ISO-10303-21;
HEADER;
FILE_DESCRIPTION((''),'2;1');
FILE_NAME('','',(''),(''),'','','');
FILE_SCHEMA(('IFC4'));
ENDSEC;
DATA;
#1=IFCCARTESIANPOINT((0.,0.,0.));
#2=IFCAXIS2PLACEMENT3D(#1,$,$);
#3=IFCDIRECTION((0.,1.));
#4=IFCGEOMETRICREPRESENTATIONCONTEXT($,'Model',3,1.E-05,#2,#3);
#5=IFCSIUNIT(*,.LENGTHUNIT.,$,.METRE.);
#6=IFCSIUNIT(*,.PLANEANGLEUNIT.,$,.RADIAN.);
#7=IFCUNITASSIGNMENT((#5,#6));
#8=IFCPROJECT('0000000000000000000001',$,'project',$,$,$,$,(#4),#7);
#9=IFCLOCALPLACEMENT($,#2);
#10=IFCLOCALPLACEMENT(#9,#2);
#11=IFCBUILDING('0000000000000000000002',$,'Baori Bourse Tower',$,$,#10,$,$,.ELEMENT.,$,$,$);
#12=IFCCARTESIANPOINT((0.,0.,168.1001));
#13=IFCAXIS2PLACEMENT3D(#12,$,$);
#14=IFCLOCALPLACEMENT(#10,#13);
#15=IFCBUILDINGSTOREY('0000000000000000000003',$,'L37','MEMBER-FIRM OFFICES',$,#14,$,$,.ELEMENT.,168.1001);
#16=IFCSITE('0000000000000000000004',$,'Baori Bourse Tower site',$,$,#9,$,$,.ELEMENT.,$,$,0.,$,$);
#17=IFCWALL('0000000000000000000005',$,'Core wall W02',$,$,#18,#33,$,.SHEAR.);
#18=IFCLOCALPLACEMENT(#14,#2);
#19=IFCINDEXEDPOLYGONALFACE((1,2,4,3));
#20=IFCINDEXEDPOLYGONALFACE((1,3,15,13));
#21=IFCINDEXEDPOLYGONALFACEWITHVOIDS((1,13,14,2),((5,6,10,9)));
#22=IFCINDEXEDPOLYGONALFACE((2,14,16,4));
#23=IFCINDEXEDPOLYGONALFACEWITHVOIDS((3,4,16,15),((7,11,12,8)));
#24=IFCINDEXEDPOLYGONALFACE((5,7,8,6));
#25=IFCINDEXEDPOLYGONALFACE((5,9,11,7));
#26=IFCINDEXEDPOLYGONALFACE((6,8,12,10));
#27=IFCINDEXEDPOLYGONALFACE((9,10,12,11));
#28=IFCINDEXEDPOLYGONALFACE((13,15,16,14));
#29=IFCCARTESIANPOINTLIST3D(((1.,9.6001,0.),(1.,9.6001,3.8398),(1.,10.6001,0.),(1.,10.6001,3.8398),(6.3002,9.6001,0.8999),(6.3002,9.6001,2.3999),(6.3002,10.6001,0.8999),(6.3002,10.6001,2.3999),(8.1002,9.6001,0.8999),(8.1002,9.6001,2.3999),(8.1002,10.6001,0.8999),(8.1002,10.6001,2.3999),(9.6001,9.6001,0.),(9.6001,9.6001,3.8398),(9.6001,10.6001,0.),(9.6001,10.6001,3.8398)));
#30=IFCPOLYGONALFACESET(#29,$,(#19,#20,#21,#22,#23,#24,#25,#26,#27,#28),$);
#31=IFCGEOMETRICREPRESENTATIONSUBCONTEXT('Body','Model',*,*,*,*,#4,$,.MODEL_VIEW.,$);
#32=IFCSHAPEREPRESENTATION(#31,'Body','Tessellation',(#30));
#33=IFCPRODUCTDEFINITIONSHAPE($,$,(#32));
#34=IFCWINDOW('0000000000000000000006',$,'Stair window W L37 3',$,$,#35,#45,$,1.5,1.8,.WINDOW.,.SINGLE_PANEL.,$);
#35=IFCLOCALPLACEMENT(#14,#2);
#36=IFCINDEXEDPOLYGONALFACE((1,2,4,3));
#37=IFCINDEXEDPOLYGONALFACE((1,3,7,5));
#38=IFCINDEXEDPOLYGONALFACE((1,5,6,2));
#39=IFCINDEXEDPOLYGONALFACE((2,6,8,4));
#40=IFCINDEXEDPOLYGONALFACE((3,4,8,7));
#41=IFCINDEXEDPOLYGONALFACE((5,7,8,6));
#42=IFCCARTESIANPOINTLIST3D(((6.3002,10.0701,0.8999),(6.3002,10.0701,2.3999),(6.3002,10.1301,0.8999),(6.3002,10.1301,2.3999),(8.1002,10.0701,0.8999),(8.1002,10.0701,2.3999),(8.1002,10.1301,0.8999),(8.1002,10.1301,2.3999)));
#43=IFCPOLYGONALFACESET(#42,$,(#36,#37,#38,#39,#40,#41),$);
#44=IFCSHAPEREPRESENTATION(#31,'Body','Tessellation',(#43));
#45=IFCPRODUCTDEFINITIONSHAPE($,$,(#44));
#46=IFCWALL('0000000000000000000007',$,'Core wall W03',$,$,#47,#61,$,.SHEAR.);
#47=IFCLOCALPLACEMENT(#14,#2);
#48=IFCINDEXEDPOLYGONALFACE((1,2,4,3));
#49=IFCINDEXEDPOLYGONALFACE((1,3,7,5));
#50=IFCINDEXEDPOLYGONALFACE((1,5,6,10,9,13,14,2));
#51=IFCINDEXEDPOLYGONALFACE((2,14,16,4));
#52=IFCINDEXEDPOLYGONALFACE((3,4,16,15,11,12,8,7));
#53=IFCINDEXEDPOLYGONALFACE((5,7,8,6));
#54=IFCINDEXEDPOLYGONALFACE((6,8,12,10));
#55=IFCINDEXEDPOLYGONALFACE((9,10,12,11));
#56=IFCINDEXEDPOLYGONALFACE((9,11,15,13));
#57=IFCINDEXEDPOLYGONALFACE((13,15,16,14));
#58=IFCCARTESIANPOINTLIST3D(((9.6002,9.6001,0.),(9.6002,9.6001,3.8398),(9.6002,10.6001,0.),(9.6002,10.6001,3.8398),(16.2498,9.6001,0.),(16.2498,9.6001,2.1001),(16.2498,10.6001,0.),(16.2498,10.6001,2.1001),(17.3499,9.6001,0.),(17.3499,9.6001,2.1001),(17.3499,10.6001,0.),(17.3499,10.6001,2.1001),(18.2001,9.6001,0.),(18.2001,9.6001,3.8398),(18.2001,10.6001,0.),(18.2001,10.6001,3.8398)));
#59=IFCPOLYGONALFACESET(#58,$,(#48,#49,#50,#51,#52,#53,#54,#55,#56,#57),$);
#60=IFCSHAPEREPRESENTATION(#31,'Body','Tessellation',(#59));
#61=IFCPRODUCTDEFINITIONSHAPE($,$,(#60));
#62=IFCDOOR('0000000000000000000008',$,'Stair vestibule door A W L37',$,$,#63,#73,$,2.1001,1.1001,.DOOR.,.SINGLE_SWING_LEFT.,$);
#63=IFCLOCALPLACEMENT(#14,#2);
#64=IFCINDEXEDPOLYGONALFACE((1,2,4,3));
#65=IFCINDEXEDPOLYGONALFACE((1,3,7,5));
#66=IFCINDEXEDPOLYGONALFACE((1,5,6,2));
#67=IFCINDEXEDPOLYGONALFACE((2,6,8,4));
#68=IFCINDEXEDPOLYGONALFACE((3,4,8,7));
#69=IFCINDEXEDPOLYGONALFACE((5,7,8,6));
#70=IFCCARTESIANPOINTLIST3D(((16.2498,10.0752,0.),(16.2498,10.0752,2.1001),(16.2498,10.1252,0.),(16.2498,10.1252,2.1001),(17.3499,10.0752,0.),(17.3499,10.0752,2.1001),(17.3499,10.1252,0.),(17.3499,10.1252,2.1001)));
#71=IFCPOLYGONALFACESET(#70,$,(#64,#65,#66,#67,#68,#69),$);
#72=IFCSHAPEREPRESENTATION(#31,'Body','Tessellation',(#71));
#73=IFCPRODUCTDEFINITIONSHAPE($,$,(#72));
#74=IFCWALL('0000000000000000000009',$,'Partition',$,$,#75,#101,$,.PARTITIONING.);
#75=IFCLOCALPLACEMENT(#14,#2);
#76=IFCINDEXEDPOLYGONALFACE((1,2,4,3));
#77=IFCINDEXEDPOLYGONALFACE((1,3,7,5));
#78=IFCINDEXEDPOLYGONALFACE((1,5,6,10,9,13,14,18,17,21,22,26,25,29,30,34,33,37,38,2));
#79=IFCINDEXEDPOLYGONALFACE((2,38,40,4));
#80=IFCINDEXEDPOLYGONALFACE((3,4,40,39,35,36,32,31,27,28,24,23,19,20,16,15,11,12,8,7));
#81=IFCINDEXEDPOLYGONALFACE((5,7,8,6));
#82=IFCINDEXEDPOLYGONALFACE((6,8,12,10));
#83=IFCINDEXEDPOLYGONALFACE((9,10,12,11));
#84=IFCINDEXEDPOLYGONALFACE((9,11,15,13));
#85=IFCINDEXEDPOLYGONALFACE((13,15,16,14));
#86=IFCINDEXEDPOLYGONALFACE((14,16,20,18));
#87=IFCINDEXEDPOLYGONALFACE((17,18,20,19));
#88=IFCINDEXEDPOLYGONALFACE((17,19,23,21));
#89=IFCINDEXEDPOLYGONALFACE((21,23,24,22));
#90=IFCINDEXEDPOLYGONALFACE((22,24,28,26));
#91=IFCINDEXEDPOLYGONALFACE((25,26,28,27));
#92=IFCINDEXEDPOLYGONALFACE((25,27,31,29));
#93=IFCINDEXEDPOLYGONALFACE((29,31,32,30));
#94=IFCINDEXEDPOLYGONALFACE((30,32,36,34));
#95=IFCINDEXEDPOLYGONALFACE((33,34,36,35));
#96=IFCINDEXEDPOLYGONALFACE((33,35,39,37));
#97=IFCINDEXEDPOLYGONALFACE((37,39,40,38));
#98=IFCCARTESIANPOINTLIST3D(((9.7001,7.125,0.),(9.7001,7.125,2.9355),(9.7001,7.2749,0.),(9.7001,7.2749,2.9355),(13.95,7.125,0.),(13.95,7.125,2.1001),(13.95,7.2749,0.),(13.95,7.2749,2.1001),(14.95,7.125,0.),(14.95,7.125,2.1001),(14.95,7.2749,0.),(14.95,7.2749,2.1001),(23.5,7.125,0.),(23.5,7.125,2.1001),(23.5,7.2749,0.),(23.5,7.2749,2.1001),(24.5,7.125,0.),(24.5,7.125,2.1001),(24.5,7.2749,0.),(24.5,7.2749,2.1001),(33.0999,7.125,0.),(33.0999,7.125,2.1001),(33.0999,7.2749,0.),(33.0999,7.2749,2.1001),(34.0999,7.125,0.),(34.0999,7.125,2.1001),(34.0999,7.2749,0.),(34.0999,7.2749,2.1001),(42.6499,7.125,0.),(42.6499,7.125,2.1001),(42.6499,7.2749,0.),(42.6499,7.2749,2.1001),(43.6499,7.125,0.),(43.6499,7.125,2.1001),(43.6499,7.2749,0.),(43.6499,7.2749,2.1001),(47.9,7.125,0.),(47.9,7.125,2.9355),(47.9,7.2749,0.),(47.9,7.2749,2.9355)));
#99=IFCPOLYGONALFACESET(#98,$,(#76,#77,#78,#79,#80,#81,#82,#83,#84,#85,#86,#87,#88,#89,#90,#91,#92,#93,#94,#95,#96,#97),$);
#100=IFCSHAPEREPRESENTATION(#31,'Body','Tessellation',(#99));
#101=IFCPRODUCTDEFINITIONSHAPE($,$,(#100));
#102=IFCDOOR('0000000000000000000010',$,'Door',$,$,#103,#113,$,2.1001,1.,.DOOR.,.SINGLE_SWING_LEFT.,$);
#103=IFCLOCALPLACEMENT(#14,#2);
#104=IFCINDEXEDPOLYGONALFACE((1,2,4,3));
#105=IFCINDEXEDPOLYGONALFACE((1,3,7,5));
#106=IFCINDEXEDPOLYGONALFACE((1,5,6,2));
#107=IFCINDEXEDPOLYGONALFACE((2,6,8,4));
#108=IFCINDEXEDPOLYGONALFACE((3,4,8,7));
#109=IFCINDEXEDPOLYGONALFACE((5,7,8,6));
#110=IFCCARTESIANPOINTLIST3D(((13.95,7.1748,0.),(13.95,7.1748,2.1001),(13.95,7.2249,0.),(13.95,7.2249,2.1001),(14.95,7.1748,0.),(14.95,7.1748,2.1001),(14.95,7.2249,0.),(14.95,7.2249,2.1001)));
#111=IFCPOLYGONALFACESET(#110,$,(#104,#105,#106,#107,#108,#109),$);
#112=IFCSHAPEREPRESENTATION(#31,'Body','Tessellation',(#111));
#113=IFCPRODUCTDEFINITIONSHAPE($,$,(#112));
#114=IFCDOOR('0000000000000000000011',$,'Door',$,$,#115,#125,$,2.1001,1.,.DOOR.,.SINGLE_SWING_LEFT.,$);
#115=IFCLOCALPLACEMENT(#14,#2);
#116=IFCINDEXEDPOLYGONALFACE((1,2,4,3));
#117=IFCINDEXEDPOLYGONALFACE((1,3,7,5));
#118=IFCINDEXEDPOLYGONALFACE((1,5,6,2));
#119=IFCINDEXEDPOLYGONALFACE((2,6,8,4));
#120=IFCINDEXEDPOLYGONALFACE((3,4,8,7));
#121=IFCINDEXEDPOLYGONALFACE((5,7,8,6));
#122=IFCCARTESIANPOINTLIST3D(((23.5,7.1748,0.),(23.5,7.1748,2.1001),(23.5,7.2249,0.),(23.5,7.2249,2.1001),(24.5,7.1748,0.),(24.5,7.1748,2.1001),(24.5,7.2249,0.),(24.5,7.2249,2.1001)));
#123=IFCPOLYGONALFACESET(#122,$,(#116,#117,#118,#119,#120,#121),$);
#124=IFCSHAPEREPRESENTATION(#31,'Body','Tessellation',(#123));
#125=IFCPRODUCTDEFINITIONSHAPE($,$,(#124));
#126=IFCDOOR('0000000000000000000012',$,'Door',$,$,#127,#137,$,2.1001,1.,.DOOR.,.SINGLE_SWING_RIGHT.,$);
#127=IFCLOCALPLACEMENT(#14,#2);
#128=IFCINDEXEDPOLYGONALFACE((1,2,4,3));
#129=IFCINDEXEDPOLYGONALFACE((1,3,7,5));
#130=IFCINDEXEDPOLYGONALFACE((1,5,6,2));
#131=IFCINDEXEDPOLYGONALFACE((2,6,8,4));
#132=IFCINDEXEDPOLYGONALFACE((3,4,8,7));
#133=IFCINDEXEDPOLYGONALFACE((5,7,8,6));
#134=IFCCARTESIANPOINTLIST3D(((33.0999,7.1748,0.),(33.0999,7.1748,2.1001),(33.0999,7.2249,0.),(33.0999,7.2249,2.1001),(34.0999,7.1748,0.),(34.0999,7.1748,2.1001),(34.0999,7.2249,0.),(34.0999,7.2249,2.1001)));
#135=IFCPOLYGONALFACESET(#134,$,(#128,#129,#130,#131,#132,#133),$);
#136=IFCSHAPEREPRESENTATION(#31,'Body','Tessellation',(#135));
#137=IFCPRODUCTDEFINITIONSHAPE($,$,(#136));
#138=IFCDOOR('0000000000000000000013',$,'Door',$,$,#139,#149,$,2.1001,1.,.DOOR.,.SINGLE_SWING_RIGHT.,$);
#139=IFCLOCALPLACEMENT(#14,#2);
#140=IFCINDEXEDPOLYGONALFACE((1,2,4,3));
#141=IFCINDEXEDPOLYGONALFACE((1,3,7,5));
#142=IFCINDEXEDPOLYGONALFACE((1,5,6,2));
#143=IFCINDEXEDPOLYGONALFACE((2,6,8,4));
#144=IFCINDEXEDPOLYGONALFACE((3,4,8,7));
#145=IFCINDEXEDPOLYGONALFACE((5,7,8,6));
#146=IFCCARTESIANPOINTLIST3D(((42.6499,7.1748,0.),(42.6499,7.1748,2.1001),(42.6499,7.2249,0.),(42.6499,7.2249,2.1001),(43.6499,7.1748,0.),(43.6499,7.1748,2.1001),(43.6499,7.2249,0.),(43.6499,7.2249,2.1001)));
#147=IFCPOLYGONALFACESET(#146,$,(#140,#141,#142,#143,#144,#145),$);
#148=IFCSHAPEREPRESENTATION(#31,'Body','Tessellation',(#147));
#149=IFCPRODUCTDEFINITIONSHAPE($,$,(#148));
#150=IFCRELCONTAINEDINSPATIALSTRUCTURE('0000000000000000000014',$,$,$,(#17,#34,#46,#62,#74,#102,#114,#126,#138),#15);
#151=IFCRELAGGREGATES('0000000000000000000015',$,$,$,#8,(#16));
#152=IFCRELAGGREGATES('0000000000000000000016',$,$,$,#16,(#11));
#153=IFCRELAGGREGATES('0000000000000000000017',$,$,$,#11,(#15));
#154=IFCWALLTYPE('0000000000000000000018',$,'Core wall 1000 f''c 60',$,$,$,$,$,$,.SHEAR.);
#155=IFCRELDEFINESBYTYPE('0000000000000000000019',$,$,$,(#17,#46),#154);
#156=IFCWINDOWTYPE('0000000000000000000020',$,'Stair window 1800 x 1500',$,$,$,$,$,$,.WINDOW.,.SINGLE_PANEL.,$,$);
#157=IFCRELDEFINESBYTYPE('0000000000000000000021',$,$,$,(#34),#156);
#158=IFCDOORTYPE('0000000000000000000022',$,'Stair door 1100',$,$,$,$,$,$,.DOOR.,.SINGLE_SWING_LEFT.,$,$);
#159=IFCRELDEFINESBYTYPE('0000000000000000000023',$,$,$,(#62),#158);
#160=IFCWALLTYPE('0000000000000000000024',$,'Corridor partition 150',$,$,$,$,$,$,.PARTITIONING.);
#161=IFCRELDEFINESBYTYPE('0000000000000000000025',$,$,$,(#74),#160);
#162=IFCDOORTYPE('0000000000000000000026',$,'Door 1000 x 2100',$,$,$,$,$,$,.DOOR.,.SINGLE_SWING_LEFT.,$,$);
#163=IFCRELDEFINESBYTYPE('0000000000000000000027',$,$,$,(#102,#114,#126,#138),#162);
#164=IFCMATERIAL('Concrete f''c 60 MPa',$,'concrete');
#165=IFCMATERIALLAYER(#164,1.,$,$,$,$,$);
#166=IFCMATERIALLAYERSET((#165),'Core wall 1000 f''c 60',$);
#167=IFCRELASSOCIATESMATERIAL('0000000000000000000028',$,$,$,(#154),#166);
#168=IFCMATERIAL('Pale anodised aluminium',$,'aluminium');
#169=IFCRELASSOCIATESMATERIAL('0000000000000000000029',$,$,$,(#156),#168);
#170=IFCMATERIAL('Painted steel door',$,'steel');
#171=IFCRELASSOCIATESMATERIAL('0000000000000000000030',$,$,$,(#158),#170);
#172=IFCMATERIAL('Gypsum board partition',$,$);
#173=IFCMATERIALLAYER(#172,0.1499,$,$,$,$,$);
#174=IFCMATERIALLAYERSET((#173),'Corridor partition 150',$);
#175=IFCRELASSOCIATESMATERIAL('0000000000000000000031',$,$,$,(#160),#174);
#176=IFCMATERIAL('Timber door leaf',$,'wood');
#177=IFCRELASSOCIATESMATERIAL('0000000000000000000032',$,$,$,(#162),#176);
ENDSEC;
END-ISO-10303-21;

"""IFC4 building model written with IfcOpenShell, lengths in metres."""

from ifc_helpers import new_model, si_unit, direction, frame, frame_2d, origin, place, context, subcontext, project, spatial, rectangle, extrude, material, layer, layer_set, type_object, element, fill, save


model = new_model("IFC4")

# Units and contexts
model_context = context("Model", 3, precision=1e-05, world=origin(), true_north=direction((0.0, 1.0)))
body_context = subcontext(model_context, "Body", "Model", "MODEL_VIEW")
ifc_project = project(units=[si_unit("LENGTHUNIT", "METRE"), si_unit("PLANEANGLEUNIT", "RADIAN")], contexts=[model_context])

# Site, building, storey
site_placement = place(None, origin())
site = spatial("IfcSite", under=ifc_project, at=site_placement, Name="Baori Bourse Tower site", CompositionType="ELEMENT", RefElevation=0.0)
building_placement = place(site_placement, origin())
building = spatial("IfcBuilding", under=site, at=building_placement, Name="Baori Bourse Tower", CompositionType="ELEMENT")
storey_placement = place(building_placement, frame((0.0, 0.0, 168.1001)))
storey = spatial("IfcBuildingStorey", under=building, at=storey_placement, Name="L37", Description="MEMBER-FIRM OFFICES", CompositionType="ELEMENT", Elevation=168.1001)

# Wall, opening, window
ifc_material_1 = material(Name="Concrete f'c 60 MPa", Category="concrete")
ifc_layer_1 = layer(ifc_material_1, 1.0)
ifc_layer_set_1 = layer_set([ifc_layer_1], Name="Core wall 1000 f'c 60")
wall_type_1 = type_object("IfcWallType", Name="Core wall 1000 f'c 60", PredefinedType="SHEAR", material=ifc_layer_set_1)
wall_1_placement = place(storey_placement, frame((9.6001, 10.1001, 0.0), z_axis=(0.0, 0.0, 1.0), x_axis=(-1.0, 0.0, 0.0)))
wall_1 = element("IfcWall", 1, at=wall_1_placement, inside=storey, type_object=wall_type_1, Name="Core wall W02", PredefinedType="SHEAR", context=body_context, shape_type="SweptSolid", body=[
    extrude(rectangle(XDim=8.6001, YDim=1.0, at=frame_2d((4.3, 0.0))), origin(), (0.0, 0.0, 1.0), 3.8398),
])
opening_1_placement = place(wall_1_placement, frame((1.5, 0.0, 0.8999)))
opening_1 = element("IfcOpeningElement", 2, at=opening_1_placement, cuts=wall_1, PredefinedType="OPENING", context=body_context, shape_type="SweptSolid", body=[
    extrude(rectangle(XDim=1.8, YDim=1.5, at=frame_2d((0.8999, 0.75))), frame((0.0, 0.51, 0.0), z_axis=(0.0, -1.0, 0.0), x_axis=(1.0, 0.0, 0.0)), (0.0, 0.0, 1.0), 1.02),
])
ifc_material_2 = material(Name="Pale anodised aluminium", Category="aluminium")
window_type = type_object("IfcWindowType", Name="Stair window 1800 x 1500", PartitioningType="SINGLE_PANEL", PredefinedType="WINDOW", material=ifc_material_2)
window_placement = place(opening_1_placement, origin())
window = element("IfcWindow", 3, at=window_placement, inside=storey, type_object=window_type, Name="Stair window W L37 3", OverallHeight=1.5, OverallWidth=1.8, PartitioningType="SINGLE_PANEL", PredefinedType="WINDOW", context=body_context, shape_type="SweptSolid", body=[
    extrude(rectangle(XDim=1.8, YDim=1.5, at=frame_2d((0.8999, 0.75))), frame((0.0, 0.03, 0.0), z_axis=(0.0, -1.0, 0.0), x_axis=(1.0, 0.0, 0.0)), (0.0, 0.0, 1.0), 0.0601),
])
fill(opening_1, window)

# Wall, opening, door
wall_2_placement = place(storey_placement, frame((18.2, 10.1001, 0.0), z_axis=(0.0, 0.0, 1.0), x_axis=(-1.0, 0.0, 0.0)))
wall_2 = element("IfcWall", 4, at=wall_2_placement, inside=storey, type_object=wall_type_1, Name="Core wall W03", PredefinedType="SHEAR", context=body_context, shape_type="SweptSolid", body=[
    extrude(rectangle(XDim=8.5999, YDim=1.0, at=frame_2d((4.2998, 0.0))), origin(), (0.0, 0.0, 1.0), 3.8398),
])
opening_2_placement = place(wall_2_placement, frame((0.8501, 0.0, 0.0)))
opening_2 = element("IfcOpeningElement", 5, at=opening_2_placement, cuts=wall_2, PredefinedType="OPENING", context=body_context, shape_type="SweptSolid", body=[
    extrude(rectangle(XDim=1.1001, YDim=2.1001, at=frame_2d((0.55, 1.05))), frame((0.0, 0.51, 0.0), z_axis=(0.0, -1.0, 0.0), x_axis=(1.0, 0.0, 0.0)), (0.0, 0.0, 1.0), 1.02),
])
ifc_material_3 = material(Name="Painted steel door", Category="steel")
door_type_1 = type_object("IfcDoorType", Name="Stair door 1100", OperationType="SINGLE_SWING_LEFT", PredefinedType="DOOR", material=ifc_material_3)
door_1_placement = place(opening_2_placement, origin())
door_1 = element("IfcDoor", 6, at=door_1_placement, inside=storey, type_object=door_type_1, Name="Stair vestibule door A W L37", OperationType="SINGLE_SWING_LEFT", OverallHeight=2.1001, OverallWidth=1.1001, PredefinedType="DOOR", context=body_context, shape_type="SweptSolid", body=[
    extrude(rectangle(XDim=1.1001, YDim=2.1001, at=frame_2d((0.55, 1.05))), frame((0.0, 0.0249, 0.0), z_axis=(0.0, -1.0, 0.0), x_axis=(1.0, 0.0, 0.0)), (0.0, 0.0, 1.0), 0.05),
])
fill(opening_2, door_1)

# Wall, openings, doors
ifc_material_4 = material(Name="Gypsum board partition")
ifc_layer_2 = layer(ifc_material_4, 0.1499)
ifc_layer_set_2 = layer_set([ifc_layer_2], Name="Corridor partition 150")
wall_type_2 = type_object("IfcWallType", Name="Corridor partition 150", PredefinedType="PARTITIONING", material=ifc_layer_set_2)
wall_3_placement = place(storey_placement, frame((9.7, 7.2, 0.0), z_axis=(0.0, 0.0, 1.0), x_axis=(1.0, 0.0, 0.0)))
wall_3 = element("IfcWall", 7, at=wall_3_placement, inside=storey, type_object=wall_type_2, Name="Partition", PredefinedType="PARTITIONING", context=body_context, shape_type="SweptSolid", body=[
    extrude(rectangle(XDim=38.2, YDim=0.1499, at=frame_2d((19.1001, 0.0))), origin(), (0.0, 0.0, 1.0), 2.9355),
])
opening_3_placement = place(wall_3_placement, frame((4.25, 0.0, 0.0)))
opening_3 = element("IfcOpeningElement", 8, at=opening_3_placement, cuts=wall_3, PredefinedType="OPENING", context=body_context, shape_type="SweptSolid", body=[
    extrude(rectangle(XDim=1.0, YDim=2.1001, at=frame_2d((0.5, 1.05))), frame((0.0, 0.085, 0.0), z_axis=(0.0, -1.0, 0.0), x_axis=(1.0, 0.0, 0.0)), (0.0, 0.0, 1.0), 0.1699),
])
opening_4_placement = place(wall_3_placement, frame((13.8, 0.0, 0.0)))
opening_4 = element("IfcOpeningElement", 9, at=opening_4_placement, cuts=wall_3, PredefinedType="OPENING", context=body_context, shape_type="SweptSolid", body=[
    extrude(rectangle(XDim=1.0, YDim=2.1001, at=frame_2d((0.5, 1.05))), frame((0.0, 0.085, 0.0), z_axis=(0.0, -1.0, 0.0), x_axis=(1.0, 0.0, 0.0)), (0.0, 0.0, 1.0), 0.1699),
])
opening_5_placement = place(wall_3_placement, frame((23.3999, 0.0, 0.0)))
opening_5 = element("IfcOpeningElement", 10, at=opening_5_placement, cuts=wall_3, PredefinedType="OPENING", context=body_context, shape_type="SweptSolid", body=[
    extrude(rectangle(XDim=1.0, YDim=2.1001, at=frame_2d((0.5, 1.05))), frame((0.0, 0.085, 0.0), z_axis=(0.0, -1.0, 0.0), x_axis=(1.0, 0.0, 0.0)), (0.0, 0.0, 1.0), 0.1699),
])
opening_6_placement = place(wall_3_placement, frame((32.95, 0.0, 0.0)))
opening_6 = element("IfcOpeningElement", 11, at=opening_6_placement, cuts=wall_3, PredefinedType="OPENING", context=body_context, shape_type="SweptSolid", body=[
    extrude(rectangle(XDim=1.0, YDim=2.1001, at=frame_2d((0.5, 1.05))), frame((0.0, 0.085, 0.0), z_axis=(0.0, -1.0, 0.0), x_axis=(1.0, 0.0, 0.0)), (0.0, 0.0, 1.0), 0.1699),
])
ifc_material_5 = material(Name="Timber door leaf", Category="wood")
door_type_2 = type_object("IfcDoorType", Name="Door 1000 x 2100", OperationType="SINGLE_SWING_LEFT", PredefinedType="DOOR", material=ifc_material_5)
door_2_placement = place(opening_3_placement, origin())
door_2 = element("IfcDoor", 12, at=door_2_placement, inside=storey, type_object=door_type_2, Name="Door", OperationType="SINGLE_SWING_LEFT", OverallHeight=2.1001, OverallWidth=1.0, PredefinedType="DOOR", context=body_context, shape_type="SweptSolid", body=[
    extrude(rectangle(XDim=1.0, YDim=2.1001, at=frame_2d((0.5, 1.05))), frame((0.0, 0.0249, 0.0), z_axis=(0.0, -1.0, 0.0), x_axis=(1.0, 0.0, 0.0)), (0.0, 0.0, 1.0), 0.05),
])
fill(opening_3, door_2)
door_3_placement = place(opening_4_placement, origin())
door_3 = element("IfcDoor", 13, at=door_3_placement, inside=storey, type_object=door_type_2, Name="Door", OperationType="SINGLE_SWING_LEFT", OverallHeight=2.1001, OverallWidth=1.0, PredefinedType="DOOR", context=body_context, shape_type="SweptSolid", body=[
    extrude(rectangle(XDim=1.0, YDim=2.1001, at=frame_2d((0.5, 1.05))), frame((0.0, 0.0249, 0.0), z_axis=(0.0, -1.0, 0.0), x_axis=(1.0, 0.0, 0.0)), (0.0, 0.0, 1.0), 0.05),
])
fill(opening_4, door_3)
door_4_placement = place(opening_5_placement, origin())
door_4 = element("IfcDoor", 14, at=door_4_placement, inside=storey, type_object=door_type_2, Name="Door", OperationType="SINGLE_SWING_RIGHT", OverallHeight=2.1001, OverallWidth=1.0, PredefinedType="DOOR", context=body_context, shape_type="SweptSolid", body=[
    extrude(rectangle(XDim=1.0, YDim=2.1001, at=frame_2d((0.5, 1.05))), frame((0.0, 0.0249, 0.0), z_axis=(0.0, -1.0, 0.0), x_axis=(1.0, 0.0, 0.0)), (0.0, 0.0, 1.0), 0.05),
])
fill(opening_5, door_4)
door_5_placement = place(opening_6_placement, origin())
door_5 = element("IfcDoor", 15, at=door_5_placement, inside=storey, type_object=door_type_2, Name="Door", OperationType="SINGLE_SWING_RIGHT", OverallHeight=2.1001, OverallWidth=1.0, PredefinedType="DOOR", context=body_context, shape_type="SweptSolid", body=[
    extrude(rectangle(XDim=1.0, YDim=2.1001, at=frame_2d((0.5, 1.05))), frame((0.0, 0.0249, 0.0), z_axis=(0.0, -1.0, 0.0), x_axis=(1.0, 0.0, 0.0)), (0.0, 0.0, 1.0), 0.05),
])
fill(opening_6, door_5)

save(model, "model.ifc")
